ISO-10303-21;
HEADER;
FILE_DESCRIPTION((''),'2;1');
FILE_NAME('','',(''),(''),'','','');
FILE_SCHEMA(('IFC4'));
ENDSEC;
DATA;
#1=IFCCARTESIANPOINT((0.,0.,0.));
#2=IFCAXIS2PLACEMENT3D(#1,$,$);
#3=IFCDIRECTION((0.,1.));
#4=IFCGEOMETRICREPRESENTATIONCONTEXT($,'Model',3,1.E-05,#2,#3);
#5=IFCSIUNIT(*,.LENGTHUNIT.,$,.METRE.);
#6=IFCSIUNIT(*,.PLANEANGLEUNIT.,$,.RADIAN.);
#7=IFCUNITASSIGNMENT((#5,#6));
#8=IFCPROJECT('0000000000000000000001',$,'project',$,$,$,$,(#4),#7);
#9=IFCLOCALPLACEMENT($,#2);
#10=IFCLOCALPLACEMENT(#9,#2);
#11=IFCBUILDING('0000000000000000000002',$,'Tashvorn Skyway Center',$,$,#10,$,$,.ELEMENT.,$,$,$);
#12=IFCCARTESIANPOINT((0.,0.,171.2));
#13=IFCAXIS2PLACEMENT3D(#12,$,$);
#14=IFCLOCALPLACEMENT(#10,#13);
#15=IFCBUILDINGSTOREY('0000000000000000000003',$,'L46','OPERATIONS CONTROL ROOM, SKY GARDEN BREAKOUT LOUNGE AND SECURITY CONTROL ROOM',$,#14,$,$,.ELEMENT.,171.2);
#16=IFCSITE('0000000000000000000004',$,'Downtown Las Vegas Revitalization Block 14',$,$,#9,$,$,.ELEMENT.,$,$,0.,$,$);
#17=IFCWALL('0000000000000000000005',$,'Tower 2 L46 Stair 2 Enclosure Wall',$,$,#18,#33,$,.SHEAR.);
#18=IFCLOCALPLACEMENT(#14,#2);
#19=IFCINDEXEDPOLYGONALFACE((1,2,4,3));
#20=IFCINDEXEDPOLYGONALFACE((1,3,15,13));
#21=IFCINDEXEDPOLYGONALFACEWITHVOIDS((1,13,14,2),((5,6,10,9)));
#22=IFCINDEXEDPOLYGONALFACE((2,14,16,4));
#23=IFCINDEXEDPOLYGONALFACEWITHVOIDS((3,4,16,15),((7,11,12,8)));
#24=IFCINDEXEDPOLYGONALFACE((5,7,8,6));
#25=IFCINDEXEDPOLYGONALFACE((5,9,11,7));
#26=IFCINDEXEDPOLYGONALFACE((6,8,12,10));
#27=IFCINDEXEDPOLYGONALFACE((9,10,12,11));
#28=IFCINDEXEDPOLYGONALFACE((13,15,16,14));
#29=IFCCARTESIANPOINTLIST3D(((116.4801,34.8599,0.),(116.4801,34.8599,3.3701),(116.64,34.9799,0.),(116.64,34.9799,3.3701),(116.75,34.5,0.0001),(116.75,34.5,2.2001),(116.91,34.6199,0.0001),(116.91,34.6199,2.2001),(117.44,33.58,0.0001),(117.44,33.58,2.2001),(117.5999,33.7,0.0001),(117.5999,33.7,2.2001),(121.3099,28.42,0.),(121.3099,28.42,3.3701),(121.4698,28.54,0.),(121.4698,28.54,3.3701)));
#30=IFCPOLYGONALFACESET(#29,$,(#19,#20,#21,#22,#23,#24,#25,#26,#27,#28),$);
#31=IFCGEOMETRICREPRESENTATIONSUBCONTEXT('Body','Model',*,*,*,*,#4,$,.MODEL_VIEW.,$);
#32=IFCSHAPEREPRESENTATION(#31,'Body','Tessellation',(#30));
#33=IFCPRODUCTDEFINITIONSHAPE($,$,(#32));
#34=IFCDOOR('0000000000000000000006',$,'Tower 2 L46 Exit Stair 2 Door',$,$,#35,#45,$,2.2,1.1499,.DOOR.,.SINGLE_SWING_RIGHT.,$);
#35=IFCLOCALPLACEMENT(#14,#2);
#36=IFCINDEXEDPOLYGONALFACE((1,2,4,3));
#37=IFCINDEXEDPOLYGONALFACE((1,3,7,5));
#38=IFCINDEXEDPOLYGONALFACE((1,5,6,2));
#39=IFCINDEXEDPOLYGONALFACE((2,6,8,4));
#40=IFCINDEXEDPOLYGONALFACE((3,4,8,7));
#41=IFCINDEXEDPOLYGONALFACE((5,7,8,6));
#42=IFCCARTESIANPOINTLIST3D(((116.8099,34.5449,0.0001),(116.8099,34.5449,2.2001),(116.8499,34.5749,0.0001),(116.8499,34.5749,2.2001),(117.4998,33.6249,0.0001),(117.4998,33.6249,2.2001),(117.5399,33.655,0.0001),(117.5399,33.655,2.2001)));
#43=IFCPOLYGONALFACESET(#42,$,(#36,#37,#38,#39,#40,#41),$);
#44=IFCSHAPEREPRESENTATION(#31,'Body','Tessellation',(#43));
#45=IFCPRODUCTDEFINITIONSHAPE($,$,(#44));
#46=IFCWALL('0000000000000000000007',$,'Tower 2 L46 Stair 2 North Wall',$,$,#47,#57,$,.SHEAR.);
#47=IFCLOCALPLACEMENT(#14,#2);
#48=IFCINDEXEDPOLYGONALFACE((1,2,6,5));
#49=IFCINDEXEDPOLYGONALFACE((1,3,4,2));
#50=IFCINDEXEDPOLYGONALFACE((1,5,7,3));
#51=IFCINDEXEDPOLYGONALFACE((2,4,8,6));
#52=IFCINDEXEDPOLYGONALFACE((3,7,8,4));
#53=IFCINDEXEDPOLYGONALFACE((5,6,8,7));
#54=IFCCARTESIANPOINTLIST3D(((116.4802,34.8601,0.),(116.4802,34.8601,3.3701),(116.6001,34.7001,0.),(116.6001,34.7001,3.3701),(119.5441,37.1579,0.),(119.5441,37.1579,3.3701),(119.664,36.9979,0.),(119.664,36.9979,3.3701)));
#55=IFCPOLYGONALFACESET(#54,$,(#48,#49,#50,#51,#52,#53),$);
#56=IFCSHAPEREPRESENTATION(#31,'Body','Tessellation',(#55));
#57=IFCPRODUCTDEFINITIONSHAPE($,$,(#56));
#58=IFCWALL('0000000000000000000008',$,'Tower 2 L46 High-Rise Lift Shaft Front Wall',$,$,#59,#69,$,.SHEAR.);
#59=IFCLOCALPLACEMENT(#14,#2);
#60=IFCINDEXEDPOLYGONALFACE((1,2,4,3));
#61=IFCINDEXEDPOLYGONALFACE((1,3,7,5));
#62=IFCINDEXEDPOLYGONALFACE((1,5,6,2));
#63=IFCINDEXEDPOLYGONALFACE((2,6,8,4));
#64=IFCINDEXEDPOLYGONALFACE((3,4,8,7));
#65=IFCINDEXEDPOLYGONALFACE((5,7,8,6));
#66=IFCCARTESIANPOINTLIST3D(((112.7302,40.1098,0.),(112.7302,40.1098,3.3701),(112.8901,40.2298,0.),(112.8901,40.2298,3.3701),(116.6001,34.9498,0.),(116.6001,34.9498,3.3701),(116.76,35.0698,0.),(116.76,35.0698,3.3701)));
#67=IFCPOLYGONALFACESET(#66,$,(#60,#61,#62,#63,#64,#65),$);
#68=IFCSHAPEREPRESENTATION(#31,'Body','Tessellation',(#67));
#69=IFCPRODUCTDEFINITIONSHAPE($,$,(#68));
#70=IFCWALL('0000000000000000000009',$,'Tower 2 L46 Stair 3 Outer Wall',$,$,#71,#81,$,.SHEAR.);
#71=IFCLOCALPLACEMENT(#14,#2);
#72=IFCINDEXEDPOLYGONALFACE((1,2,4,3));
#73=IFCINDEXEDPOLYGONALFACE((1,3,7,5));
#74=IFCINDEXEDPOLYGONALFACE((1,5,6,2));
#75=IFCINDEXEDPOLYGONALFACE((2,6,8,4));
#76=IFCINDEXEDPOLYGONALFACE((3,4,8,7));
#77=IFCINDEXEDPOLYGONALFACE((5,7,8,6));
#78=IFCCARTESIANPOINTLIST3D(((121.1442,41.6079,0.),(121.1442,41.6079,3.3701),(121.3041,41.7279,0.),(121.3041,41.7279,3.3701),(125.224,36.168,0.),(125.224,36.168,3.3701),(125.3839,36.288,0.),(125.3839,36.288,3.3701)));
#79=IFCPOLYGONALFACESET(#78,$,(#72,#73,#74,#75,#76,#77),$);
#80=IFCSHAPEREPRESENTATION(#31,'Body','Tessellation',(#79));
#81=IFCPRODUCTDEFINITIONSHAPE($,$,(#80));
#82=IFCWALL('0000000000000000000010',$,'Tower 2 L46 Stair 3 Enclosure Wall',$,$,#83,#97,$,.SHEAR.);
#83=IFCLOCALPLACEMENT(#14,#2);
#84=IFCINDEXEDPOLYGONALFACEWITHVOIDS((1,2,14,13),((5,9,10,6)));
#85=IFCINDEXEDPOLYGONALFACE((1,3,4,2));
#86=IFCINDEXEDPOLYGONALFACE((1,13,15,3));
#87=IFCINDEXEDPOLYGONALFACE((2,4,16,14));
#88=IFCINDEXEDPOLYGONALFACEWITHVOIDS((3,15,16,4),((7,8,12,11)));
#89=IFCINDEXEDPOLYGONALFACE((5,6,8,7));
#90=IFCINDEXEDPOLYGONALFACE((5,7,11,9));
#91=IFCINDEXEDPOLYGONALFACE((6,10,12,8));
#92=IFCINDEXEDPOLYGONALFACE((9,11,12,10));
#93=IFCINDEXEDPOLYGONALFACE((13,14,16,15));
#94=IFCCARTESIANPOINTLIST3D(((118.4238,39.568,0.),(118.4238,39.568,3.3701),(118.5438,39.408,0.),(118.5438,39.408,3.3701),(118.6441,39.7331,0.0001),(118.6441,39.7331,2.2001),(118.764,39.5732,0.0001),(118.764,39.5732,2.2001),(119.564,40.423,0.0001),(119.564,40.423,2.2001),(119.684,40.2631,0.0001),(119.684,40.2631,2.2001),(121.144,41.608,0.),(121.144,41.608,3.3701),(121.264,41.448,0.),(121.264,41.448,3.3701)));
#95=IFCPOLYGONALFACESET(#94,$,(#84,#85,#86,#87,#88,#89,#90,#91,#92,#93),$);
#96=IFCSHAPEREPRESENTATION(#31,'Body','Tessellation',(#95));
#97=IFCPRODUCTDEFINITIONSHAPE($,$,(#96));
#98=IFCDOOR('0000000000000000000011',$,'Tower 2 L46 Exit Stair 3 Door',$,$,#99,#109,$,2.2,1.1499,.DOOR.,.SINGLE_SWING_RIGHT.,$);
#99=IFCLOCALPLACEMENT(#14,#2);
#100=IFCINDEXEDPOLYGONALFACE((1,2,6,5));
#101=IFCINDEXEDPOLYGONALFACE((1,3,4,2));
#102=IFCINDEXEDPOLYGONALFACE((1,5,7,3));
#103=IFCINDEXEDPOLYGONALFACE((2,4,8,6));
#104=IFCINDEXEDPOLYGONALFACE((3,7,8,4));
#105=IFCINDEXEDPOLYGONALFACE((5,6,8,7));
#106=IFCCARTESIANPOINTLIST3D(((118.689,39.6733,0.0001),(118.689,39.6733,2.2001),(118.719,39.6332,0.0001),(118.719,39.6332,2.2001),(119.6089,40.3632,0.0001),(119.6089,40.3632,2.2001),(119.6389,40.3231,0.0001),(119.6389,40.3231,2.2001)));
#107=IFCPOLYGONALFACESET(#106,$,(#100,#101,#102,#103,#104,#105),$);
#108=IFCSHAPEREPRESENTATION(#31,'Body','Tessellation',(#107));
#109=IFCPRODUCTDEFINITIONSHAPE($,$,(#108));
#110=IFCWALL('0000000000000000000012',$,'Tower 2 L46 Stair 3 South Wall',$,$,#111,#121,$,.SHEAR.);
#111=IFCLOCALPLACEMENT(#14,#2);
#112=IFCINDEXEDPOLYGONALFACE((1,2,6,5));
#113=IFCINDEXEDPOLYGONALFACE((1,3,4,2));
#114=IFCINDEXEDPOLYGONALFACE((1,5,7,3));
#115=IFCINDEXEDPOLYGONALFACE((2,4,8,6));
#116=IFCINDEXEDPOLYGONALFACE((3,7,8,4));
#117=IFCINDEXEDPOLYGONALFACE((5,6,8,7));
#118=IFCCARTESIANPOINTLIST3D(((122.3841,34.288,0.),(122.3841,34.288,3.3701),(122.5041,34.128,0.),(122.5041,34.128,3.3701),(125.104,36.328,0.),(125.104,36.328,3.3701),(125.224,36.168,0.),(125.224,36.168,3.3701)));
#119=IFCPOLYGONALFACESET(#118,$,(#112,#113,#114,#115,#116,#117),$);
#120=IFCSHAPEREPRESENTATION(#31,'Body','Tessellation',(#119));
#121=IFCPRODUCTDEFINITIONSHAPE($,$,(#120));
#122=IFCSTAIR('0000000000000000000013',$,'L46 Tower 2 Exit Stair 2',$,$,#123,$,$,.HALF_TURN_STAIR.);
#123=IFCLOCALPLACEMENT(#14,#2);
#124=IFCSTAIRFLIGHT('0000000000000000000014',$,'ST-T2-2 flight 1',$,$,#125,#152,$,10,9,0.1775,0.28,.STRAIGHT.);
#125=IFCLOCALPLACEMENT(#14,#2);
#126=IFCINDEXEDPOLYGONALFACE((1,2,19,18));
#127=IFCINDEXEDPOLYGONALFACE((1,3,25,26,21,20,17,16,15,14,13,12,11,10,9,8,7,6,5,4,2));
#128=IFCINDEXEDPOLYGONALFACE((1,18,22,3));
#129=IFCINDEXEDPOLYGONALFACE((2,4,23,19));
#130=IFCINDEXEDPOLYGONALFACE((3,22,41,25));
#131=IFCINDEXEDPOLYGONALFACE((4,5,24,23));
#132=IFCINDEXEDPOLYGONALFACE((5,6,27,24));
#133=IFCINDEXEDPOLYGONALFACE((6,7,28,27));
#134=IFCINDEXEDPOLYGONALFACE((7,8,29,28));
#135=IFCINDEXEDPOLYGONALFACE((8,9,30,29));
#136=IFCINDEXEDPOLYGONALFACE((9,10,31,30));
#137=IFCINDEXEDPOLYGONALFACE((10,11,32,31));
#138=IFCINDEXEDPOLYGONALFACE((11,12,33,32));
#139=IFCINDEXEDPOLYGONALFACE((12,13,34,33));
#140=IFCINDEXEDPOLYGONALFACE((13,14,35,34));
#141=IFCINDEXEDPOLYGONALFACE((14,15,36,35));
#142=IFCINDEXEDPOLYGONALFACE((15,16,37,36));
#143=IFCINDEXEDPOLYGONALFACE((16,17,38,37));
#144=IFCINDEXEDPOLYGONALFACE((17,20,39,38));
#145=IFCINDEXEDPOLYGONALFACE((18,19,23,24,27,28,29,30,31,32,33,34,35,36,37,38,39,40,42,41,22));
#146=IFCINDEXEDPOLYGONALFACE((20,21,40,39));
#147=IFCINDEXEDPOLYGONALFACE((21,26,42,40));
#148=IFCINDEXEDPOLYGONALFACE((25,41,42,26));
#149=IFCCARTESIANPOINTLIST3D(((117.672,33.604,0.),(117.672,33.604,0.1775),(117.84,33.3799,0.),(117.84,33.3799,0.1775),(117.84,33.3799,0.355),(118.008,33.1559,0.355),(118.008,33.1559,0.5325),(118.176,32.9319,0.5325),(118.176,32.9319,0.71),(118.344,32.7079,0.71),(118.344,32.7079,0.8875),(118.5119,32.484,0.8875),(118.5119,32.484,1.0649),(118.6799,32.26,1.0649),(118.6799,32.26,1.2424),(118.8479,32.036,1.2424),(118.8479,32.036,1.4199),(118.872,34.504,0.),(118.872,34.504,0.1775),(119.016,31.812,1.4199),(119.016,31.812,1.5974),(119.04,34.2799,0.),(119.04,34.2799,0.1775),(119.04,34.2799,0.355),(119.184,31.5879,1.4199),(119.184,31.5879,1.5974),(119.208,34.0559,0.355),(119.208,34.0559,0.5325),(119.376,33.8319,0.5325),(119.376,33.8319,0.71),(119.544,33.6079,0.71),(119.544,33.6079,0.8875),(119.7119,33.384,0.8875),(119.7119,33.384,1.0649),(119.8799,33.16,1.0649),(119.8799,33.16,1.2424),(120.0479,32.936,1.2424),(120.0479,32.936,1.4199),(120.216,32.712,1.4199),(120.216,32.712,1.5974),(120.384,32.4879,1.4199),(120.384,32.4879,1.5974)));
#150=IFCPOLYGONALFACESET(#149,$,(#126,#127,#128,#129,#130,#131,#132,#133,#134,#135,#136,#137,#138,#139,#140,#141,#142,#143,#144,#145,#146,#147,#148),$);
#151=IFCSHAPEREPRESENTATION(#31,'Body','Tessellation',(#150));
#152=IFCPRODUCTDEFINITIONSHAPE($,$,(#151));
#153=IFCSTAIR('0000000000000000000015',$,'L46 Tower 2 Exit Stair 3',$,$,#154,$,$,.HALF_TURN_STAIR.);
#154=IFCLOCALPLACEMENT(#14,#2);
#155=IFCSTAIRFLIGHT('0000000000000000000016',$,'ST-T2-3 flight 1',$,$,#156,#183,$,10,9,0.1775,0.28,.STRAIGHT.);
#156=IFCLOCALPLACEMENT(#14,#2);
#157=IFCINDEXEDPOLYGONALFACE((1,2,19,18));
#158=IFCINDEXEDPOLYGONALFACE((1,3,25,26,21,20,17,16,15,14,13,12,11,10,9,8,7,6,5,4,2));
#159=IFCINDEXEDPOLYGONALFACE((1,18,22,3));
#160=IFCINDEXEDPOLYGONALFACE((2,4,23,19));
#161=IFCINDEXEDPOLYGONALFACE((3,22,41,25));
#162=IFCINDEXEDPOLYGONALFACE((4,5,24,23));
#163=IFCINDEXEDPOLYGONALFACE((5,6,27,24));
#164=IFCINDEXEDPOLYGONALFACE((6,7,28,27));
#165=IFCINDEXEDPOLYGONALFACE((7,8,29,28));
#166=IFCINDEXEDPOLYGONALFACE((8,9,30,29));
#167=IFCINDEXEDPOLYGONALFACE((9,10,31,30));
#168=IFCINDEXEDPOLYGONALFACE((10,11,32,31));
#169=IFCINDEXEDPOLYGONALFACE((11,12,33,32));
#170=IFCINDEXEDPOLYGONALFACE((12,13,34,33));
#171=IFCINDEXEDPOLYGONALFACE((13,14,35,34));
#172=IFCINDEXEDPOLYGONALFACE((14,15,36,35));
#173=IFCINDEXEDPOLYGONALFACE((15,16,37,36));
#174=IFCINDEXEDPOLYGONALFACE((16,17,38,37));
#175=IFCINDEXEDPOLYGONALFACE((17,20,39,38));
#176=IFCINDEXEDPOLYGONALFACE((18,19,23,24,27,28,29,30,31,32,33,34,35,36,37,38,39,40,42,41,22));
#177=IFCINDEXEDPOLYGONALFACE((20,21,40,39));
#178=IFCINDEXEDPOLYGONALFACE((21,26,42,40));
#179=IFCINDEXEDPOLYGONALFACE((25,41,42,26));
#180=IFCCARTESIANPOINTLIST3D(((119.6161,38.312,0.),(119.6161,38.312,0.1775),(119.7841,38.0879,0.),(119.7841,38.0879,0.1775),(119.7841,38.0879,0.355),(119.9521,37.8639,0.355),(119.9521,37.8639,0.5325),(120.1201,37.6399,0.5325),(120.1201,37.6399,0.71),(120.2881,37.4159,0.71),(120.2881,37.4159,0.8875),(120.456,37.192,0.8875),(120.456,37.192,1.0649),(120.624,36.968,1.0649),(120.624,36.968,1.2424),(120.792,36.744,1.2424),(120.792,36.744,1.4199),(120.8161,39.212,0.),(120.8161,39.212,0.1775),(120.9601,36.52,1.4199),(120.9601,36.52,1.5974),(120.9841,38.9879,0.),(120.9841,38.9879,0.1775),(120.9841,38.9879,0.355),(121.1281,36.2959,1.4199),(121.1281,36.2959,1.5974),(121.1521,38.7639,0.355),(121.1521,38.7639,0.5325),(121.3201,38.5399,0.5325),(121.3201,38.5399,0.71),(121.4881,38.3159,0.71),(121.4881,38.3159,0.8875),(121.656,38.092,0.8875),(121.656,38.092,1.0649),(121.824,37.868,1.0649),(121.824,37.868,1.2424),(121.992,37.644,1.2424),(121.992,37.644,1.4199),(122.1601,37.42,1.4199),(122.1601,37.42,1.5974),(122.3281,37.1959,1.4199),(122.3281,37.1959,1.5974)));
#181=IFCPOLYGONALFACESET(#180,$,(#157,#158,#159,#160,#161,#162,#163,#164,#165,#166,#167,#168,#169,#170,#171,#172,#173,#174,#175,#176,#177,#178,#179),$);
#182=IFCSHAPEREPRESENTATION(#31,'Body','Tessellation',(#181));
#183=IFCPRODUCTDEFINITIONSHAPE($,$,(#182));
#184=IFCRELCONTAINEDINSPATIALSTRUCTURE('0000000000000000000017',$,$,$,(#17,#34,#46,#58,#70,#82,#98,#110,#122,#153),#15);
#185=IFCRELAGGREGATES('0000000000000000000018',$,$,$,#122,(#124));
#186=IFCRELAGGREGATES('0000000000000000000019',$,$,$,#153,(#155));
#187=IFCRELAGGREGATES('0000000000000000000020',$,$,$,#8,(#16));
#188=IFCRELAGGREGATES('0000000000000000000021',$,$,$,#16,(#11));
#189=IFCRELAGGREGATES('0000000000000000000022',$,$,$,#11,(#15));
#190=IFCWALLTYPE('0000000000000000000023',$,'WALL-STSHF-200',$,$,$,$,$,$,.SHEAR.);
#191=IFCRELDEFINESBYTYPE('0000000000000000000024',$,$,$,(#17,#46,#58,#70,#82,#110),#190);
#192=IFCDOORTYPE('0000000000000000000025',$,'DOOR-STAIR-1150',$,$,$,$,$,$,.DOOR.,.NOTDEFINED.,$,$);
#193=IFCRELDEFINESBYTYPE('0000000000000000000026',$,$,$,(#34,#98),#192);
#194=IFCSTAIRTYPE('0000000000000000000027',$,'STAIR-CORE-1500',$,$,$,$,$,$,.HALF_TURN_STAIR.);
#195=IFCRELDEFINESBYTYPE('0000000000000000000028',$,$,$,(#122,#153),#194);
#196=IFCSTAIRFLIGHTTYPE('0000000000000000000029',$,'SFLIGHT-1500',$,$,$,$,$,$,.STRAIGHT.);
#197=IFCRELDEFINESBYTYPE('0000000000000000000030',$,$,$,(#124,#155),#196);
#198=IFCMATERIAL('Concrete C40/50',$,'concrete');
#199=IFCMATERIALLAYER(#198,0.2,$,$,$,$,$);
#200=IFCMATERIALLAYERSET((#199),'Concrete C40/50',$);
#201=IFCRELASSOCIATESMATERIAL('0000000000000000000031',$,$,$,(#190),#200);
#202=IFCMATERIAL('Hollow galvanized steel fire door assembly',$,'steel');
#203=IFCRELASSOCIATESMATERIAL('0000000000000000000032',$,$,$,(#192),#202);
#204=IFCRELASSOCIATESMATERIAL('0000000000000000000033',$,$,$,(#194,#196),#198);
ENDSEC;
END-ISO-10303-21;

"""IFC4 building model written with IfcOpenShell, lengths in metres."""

from ifc_helpers import new_model, si_unit, direction, frame, frame_2d, origin, place, context, subcontext, project, spatial, polyline, rectangle, outline, extrude, material, layer, layer_set, type_object, element, fill, aggregate, save


model = new_model("IFC4")

# Units and contexts
model_context = context("Model", 3, precision=1e-05, world=origin(), true_north=direction((0.0, 1.0)))
body_context = subcontext(model_context, "Body", "Model", "MODEL_VIEW")
ifc_project = project(units=[si_unit("LENGTHUNIT", "METRE"), si_unit("PLANEANGLEUNIT", "RADIAN")], contexts=[model_context])

# Site, building, storey
site_placement = place(None, origin())
site = spatial("IfcSite", under=ifc_project, at=site_placement, Name="Downtown Las Vegas Revitalization Block 14", CompositionType="ELEMENT", RefElevation=0.0)
building_placement = place(site_placement, origin())
building = spatial("IfcBuilding", under=site, at=building_placement, Name="Tashvorn Skyway Center", CompositionType="ELEMENT")
storey_placement = place(building_placement, frame((0.0, 0.0, 171.2)))
storey = spatial("IfcBuildingStorey", under=building, at=storey_placement, Name="L46", Description="OPERATIONS CONTROL ROOM, SKY GARDEN BREAKOUT LOUNGE AND SECURITY CONTROL ROOM", CompositionType="ELEMENT", Elevation=171.2)

# Shared definitions
ifc_material_1 = material(Name="Concrete C40/50", Category="concrete")

# Wall, opening, door
ifc_layer_1 = layer(ifc_material_1, 0.2)
ifc_layer_set_1 = layer_set([ifc_layer_1], Name="Concrete C40/50")
wall_type_1 = type_object("IfcWallType", Name="WALL-STSHF-200", PredefinedType="SHEAR", material=ifc_layer_set_1)
wall_1_placement = place(storey_placement, frame((116.5601, 34.9199, 0.0), z_axis=(0.0, 0.0, 1.0), x_axis=(0.59999, -0.800007, 0.0)))
wall_1 = element("IfcWall", 1, at=wall_1_placement, inside=storey, type_object=wall_type_1, Name="Tower 2 L46 Stair 2 Enclosure Wall", PredefinedType="SHEAR", context=body_context, shape_type="SweptSolid", body=[
    extrude(rectangle(XDim=8.0498, YDim=0.2, at=frame_2d((4.0249, 0.0))), origin(), (0.0, 0.0, 1.0), 3.3701),
])
opening_1_placement = place(wall_1_placement, frame((0.45, 0.0, 0.0)))
opening_1 = element("IfcOpeningElement", 2, at=opening_1_placement, cuts=wall_1, PredefinedType="OPENING", context=body_context, shape_type="SweptSolid", body=[
    extrude(rectangle(XDim=1.1499, YDim=2.2, at=frame_2d((0.575, 1.1001))), frame((0.0, 0.1099, 0.0), z_axis=(0.0, -1.0, 0.0), x_axis=(1.0, 0.0, 0.0)), (0.0, 0.0, 1.0), 0.22),
])
ifc_material_2 = material(Name="Hollow galvanized steel fire door assembly", Category="steel")
door_type = type_object("IfcDoorType", Name="DOOR-STAIR-1150", OperationType="NOTDEFINED", PredefinedType="DOOR", material=ifc_material_2)
door_1_placement = place(opening_1_placement, origin())
door_1 = element("IfcDoor", 3, at=door_1_placement, inside=storey, type_object=door_type, Name="Tower 2 L46 Exit Stair 2 Door", OperationType="SINGLE_SWING_RIGHT", OverallHeight=2.2, OverallWidth=1.1499, PredefinedType="DOOR", context=body_context, shape_type="SweptSolid", body=[
    extrude(rectangle(XDim=1.1499, YDim=2.2, at=frame_2d((0.575, 1.1001))), frame((0.0, 0.0249, 0.0), z_axis=(0.0, -1.0, 0.0), x_axis=(1.0, 0.0, 0.0)), (0.0, 0.0, 1.0), 0.05),
])
fill(opening_1, door_1)

# Walls
wall_2_placement = place(storey_placement, frame((116.54, 34.78, 0.0), z_axis=(0.0, 0.0, 1.0), x_axis=(0.800015, 0.59998, 0.0)))
element("IfcWall", 4, at=wall_2_placement, inside=storey, type_object=wall_type_1, Name="Tower 2 L46 Stair 2 North Wall", PredefinedType="SHEAR", context=body_context, shape_type="SweptSolid", body=[
    extrude(rectangle(XDim=3.8298, YDim=0.2, at=frame_2d((1.915, 0.0))), origin(), (0.0, 0.0, 1.0), 3.3701),
])
wall_3_placement = place(storey_placement, frame((112.8101, 40.1699, 0.0), z_axis=(0.0, 0.0, 1.0), x_axis=(0.599994, -0.800005, 0.0)))
element("IfcWall", 5, at=wall_3_placement, inside=storey, type_object=wall_type_1, Name="Tower 2 L46 High-Rise Lift Shaft Front Wall", PredefinedType="SHEAR", context=body_context, shape_type="SweptSolid", body=[
    extrude(rectangle(XDim=6.45, YDim=0.2, at=frame_2d((3.2251, 0.0))), origin(), (0.0, 0.0, 1.0), 3.3701),
])
wall_4_placement = place(storey_placement, frame((125.304, 36.228, 0.0), z_axis=(0.0, 0.0, 1.0), x_axis=(-0.599989, 0.800009, 0.0)))
element("IfcWall", 6, at=wall_4_placement, inside=storey, type_object=wall_type_1, Name="Tower 2 L46 Stair 3 Outer Wall", PredefinedType="SHEAR", context=body_context, shape_type="SweptSolid", body=[
    extrude(rectangle(XDim=6.7998, YDim=0.2, at=frame_2d((3.3999, 0.0))), origin(), (0.0, 0.0, 1.0), 3.3701),
])

# Wall, opening, door
wall_5_placement = place(storey_placement, frame((121.2041, 41.5281, 0.0), z_axis=(0.0, 0.0, 1.0), x_axis=(-0.800017, -0.599977, 0.0)))
wall_5 = element("IfcWall", 7, at=wall_5_placement, inside=storey, type_object=wall_type_1, Name="Tower 2 L46 Stair 3 Enclosure Wall", PredefinedType="SHEAR", context=body_context, shape_type="SweptSolid", body=[
    extrude(rectangle(XDim=3.4001, YDim=0.2, at=frame_2d((1.7002, 0.0))), origin(), (0.0, 0.0, 1.0), 3.3701),
])
opening_2_placement = place(wall_5_placement, frame((1.9751, 0.0, 0.0)))
opening_2 = element("IfcOpeningElement", 8, at=opening_2_placement, cuts=wall_5, PredefinedType="OPENING", context=body_context, shape_type="SweptSolid", body=[
    extrude(rectangle(XDim=1.1499, YDim=2.2, at=frame_2d((0.575, 1.1001))), frame((0.0, 0.1099, 0.0), z_axis=(0.0, -1.0, 0.0), x_axis=(1.0, 0.0, 0.0)), (0.0, 0.0, 1.0), 0.22),
])
door_2_placement = place(opening_2_placement, origin())
door_2 = element("IfcDoor", 9, at=door_2_placement, inside=storey, type_object=door_type, Name="Tower 2 L46 Exit Stair 3 Door", OperationType="SINGLE_SWING_RIGHT", OverallHeight=2.2, OverallWidth=1.1499, PredefinedType="DOOR", context=body_context, shape_type="SweptSolid", body=[
    extrude(rectangle(XDim=1.1499, YDim=2.2, at=frame_2d((0.575, 1.1001))), frame((0.0, 0.0249, 0.0), z_axis=(0.0, -1.0, 0.0), x_axis=(1.0, 0.0, 0.0)), (0.0, 0.0, 1.0), 0.05),
])
fill(opening_2, door_2)

# Wall
wall_6_placement = place(storey_placement, frame((122.4441, 34.208, 0.0), z_axis=(0.0, 0.0, 1.0), x_axis=(0.799991, 0.600011, 0.0)))
element("IfcWall", 10, at=wall_6_placement, inside=storey, type_object=wall_type_1, Name="Tower 2 L46 Stair 3 South Wall", PredefinedType="SHEAR", context=body_context, shape_type="SweptSolid", body=[
    extrude(rectangle(XDim=3.3999, YDim=0.2, at=frame_2d((1.7, 0.0))), origin(), (0.0, 0.0, 1.0), 3.3701),
])

# Stair, stair flight
stair_type = type_object("IfcStairType", Name="STAIR-CORE-1500", PredefinedType="HALF_TURN_STAIR", material=ifc_material_1)
stair_1_placement = place(storey_placement, origin())
stair_1 = element("IfcStair", 11, at=stair_1_placement, inside=storey, type_object=stair_type, Name="L46 Tower 2 Exit Stair 2", PredefinedType="HALF_TURN_STAIR")
stair_flight_type = type_object("IfcStairFlightType", Name="SFLIGHT-1500", PredefinedType="STRAIGHT", material=ifc_material_1)
stair_flight_1_placement = place(storey_placement, frame((118.272, 34.054, 0.0), z_axis=(0.0, 0.0, 1.0), x_axis=(0.6, -0.8, 0.0)))
stair_flight_1 = element("IfcStairFlight", 12, at=stair_flight_1_placement, type_object=stair_flight_type, Name="ST-T2-2 flight 1", NumberOfRisers=10, NumberOfTreads=9, PredefinedType="STRAIGHT", RiserHeight=0.1775, TreadLength=0.28, context=body_context, shape_type="SweptSolid", body=[
    extrude(outline(polyline([(0.0, 0.0), (0.0, 0.1775), (0.28, 0.1775), (0.28, 0.355), (0.5601, 0.355), (0.5601, 0.5325), (0.8401, 0.5325), (0.8401, 0.71), (1.1201, 0.71), (1.1201, 0.8875), (1.3999, 0.8875), (1.3999, 1.0649), (1.6799, 1.0649), (1.6799, 1.2424), (1.96, 1.2424), (1.96, 1.4199), (2.24, 1.4199), (2.24, 1.5974), (2.52, 1.5974), (2.52, 1.7749), (2.52, 1.4199), (0.28, 0.0), (0.0, 0.0)])), frame((0.0, 0.75, 0.0), z_axis=(0.0, -1.0, 0.0), x_axis=(1.0, 0.0, 0.0)), (0.0, 0.0, 1.0), 1.5),
])
aggregate(stair_1, [stair_flight_1])

# Stair, stair flight
stair_2_placement = place(storey_placement, origin())
stair_2 = element("IfcStair", 13, at=stair_2_placement, inside=storey, type_object=stair_type, Name="L46 Tower 2 Exit Stair 3", PredefinedType="HALF_TURN_STAIR")
stair_flight_2_placement = place(storey_placement, frame((120.2161, 38.762, 0.0), z_axis=(0.0, 0.0, 1.0), x_axis=(0.6, -0.8, 0.0)))
stair_flight_2 = element("IfcStairFlight", 14, at=stair_flight_2_placement, type_object=stair_flight_type, Name="ST-T2-3 flight 1", NumberOfRisers=10, NumberOfTreads=9, PredefinedType="STRAIGHT", RiserHeight=0.1775, TreadLength=0.28, context=body_context, shape_type="SweptSolid", body=[
    extrude(outline(polyline([(0.0, 0.0), (0.0, 0.1775), (0.28, 0.1775), (0.28, 0.355), (0.5601, 0.355), (0.5601, 0.5325), (0.8401, 0.5325), (0.8401, 0.71), (1.1201, 0.71), (1.1201, 0.8875), (1.3999, 0.8875), (1.3999, 1.0649), (1.6799, 1.0649), (1.6799, 1.2424), (1.96, 1.2424), (1.96, 1.4199), (2.24, 1.4199), (2.24, 1.5974), (2.52, 1.5974), (2.52, 1.7749), (2.52, 1.4199), (0.28, 0.0), (0.0, 0.0)])), frame((0.0, 0.75, 0.0), z_axis=(0.0, -1.0, 0.0), x_axis=(1.0, 0.0, 0.0)), (0.0, 0.0, 1.0), 1.5),
])
aggregate(stair_2, [stair_flight_2])

save(model, "model.ifc")
